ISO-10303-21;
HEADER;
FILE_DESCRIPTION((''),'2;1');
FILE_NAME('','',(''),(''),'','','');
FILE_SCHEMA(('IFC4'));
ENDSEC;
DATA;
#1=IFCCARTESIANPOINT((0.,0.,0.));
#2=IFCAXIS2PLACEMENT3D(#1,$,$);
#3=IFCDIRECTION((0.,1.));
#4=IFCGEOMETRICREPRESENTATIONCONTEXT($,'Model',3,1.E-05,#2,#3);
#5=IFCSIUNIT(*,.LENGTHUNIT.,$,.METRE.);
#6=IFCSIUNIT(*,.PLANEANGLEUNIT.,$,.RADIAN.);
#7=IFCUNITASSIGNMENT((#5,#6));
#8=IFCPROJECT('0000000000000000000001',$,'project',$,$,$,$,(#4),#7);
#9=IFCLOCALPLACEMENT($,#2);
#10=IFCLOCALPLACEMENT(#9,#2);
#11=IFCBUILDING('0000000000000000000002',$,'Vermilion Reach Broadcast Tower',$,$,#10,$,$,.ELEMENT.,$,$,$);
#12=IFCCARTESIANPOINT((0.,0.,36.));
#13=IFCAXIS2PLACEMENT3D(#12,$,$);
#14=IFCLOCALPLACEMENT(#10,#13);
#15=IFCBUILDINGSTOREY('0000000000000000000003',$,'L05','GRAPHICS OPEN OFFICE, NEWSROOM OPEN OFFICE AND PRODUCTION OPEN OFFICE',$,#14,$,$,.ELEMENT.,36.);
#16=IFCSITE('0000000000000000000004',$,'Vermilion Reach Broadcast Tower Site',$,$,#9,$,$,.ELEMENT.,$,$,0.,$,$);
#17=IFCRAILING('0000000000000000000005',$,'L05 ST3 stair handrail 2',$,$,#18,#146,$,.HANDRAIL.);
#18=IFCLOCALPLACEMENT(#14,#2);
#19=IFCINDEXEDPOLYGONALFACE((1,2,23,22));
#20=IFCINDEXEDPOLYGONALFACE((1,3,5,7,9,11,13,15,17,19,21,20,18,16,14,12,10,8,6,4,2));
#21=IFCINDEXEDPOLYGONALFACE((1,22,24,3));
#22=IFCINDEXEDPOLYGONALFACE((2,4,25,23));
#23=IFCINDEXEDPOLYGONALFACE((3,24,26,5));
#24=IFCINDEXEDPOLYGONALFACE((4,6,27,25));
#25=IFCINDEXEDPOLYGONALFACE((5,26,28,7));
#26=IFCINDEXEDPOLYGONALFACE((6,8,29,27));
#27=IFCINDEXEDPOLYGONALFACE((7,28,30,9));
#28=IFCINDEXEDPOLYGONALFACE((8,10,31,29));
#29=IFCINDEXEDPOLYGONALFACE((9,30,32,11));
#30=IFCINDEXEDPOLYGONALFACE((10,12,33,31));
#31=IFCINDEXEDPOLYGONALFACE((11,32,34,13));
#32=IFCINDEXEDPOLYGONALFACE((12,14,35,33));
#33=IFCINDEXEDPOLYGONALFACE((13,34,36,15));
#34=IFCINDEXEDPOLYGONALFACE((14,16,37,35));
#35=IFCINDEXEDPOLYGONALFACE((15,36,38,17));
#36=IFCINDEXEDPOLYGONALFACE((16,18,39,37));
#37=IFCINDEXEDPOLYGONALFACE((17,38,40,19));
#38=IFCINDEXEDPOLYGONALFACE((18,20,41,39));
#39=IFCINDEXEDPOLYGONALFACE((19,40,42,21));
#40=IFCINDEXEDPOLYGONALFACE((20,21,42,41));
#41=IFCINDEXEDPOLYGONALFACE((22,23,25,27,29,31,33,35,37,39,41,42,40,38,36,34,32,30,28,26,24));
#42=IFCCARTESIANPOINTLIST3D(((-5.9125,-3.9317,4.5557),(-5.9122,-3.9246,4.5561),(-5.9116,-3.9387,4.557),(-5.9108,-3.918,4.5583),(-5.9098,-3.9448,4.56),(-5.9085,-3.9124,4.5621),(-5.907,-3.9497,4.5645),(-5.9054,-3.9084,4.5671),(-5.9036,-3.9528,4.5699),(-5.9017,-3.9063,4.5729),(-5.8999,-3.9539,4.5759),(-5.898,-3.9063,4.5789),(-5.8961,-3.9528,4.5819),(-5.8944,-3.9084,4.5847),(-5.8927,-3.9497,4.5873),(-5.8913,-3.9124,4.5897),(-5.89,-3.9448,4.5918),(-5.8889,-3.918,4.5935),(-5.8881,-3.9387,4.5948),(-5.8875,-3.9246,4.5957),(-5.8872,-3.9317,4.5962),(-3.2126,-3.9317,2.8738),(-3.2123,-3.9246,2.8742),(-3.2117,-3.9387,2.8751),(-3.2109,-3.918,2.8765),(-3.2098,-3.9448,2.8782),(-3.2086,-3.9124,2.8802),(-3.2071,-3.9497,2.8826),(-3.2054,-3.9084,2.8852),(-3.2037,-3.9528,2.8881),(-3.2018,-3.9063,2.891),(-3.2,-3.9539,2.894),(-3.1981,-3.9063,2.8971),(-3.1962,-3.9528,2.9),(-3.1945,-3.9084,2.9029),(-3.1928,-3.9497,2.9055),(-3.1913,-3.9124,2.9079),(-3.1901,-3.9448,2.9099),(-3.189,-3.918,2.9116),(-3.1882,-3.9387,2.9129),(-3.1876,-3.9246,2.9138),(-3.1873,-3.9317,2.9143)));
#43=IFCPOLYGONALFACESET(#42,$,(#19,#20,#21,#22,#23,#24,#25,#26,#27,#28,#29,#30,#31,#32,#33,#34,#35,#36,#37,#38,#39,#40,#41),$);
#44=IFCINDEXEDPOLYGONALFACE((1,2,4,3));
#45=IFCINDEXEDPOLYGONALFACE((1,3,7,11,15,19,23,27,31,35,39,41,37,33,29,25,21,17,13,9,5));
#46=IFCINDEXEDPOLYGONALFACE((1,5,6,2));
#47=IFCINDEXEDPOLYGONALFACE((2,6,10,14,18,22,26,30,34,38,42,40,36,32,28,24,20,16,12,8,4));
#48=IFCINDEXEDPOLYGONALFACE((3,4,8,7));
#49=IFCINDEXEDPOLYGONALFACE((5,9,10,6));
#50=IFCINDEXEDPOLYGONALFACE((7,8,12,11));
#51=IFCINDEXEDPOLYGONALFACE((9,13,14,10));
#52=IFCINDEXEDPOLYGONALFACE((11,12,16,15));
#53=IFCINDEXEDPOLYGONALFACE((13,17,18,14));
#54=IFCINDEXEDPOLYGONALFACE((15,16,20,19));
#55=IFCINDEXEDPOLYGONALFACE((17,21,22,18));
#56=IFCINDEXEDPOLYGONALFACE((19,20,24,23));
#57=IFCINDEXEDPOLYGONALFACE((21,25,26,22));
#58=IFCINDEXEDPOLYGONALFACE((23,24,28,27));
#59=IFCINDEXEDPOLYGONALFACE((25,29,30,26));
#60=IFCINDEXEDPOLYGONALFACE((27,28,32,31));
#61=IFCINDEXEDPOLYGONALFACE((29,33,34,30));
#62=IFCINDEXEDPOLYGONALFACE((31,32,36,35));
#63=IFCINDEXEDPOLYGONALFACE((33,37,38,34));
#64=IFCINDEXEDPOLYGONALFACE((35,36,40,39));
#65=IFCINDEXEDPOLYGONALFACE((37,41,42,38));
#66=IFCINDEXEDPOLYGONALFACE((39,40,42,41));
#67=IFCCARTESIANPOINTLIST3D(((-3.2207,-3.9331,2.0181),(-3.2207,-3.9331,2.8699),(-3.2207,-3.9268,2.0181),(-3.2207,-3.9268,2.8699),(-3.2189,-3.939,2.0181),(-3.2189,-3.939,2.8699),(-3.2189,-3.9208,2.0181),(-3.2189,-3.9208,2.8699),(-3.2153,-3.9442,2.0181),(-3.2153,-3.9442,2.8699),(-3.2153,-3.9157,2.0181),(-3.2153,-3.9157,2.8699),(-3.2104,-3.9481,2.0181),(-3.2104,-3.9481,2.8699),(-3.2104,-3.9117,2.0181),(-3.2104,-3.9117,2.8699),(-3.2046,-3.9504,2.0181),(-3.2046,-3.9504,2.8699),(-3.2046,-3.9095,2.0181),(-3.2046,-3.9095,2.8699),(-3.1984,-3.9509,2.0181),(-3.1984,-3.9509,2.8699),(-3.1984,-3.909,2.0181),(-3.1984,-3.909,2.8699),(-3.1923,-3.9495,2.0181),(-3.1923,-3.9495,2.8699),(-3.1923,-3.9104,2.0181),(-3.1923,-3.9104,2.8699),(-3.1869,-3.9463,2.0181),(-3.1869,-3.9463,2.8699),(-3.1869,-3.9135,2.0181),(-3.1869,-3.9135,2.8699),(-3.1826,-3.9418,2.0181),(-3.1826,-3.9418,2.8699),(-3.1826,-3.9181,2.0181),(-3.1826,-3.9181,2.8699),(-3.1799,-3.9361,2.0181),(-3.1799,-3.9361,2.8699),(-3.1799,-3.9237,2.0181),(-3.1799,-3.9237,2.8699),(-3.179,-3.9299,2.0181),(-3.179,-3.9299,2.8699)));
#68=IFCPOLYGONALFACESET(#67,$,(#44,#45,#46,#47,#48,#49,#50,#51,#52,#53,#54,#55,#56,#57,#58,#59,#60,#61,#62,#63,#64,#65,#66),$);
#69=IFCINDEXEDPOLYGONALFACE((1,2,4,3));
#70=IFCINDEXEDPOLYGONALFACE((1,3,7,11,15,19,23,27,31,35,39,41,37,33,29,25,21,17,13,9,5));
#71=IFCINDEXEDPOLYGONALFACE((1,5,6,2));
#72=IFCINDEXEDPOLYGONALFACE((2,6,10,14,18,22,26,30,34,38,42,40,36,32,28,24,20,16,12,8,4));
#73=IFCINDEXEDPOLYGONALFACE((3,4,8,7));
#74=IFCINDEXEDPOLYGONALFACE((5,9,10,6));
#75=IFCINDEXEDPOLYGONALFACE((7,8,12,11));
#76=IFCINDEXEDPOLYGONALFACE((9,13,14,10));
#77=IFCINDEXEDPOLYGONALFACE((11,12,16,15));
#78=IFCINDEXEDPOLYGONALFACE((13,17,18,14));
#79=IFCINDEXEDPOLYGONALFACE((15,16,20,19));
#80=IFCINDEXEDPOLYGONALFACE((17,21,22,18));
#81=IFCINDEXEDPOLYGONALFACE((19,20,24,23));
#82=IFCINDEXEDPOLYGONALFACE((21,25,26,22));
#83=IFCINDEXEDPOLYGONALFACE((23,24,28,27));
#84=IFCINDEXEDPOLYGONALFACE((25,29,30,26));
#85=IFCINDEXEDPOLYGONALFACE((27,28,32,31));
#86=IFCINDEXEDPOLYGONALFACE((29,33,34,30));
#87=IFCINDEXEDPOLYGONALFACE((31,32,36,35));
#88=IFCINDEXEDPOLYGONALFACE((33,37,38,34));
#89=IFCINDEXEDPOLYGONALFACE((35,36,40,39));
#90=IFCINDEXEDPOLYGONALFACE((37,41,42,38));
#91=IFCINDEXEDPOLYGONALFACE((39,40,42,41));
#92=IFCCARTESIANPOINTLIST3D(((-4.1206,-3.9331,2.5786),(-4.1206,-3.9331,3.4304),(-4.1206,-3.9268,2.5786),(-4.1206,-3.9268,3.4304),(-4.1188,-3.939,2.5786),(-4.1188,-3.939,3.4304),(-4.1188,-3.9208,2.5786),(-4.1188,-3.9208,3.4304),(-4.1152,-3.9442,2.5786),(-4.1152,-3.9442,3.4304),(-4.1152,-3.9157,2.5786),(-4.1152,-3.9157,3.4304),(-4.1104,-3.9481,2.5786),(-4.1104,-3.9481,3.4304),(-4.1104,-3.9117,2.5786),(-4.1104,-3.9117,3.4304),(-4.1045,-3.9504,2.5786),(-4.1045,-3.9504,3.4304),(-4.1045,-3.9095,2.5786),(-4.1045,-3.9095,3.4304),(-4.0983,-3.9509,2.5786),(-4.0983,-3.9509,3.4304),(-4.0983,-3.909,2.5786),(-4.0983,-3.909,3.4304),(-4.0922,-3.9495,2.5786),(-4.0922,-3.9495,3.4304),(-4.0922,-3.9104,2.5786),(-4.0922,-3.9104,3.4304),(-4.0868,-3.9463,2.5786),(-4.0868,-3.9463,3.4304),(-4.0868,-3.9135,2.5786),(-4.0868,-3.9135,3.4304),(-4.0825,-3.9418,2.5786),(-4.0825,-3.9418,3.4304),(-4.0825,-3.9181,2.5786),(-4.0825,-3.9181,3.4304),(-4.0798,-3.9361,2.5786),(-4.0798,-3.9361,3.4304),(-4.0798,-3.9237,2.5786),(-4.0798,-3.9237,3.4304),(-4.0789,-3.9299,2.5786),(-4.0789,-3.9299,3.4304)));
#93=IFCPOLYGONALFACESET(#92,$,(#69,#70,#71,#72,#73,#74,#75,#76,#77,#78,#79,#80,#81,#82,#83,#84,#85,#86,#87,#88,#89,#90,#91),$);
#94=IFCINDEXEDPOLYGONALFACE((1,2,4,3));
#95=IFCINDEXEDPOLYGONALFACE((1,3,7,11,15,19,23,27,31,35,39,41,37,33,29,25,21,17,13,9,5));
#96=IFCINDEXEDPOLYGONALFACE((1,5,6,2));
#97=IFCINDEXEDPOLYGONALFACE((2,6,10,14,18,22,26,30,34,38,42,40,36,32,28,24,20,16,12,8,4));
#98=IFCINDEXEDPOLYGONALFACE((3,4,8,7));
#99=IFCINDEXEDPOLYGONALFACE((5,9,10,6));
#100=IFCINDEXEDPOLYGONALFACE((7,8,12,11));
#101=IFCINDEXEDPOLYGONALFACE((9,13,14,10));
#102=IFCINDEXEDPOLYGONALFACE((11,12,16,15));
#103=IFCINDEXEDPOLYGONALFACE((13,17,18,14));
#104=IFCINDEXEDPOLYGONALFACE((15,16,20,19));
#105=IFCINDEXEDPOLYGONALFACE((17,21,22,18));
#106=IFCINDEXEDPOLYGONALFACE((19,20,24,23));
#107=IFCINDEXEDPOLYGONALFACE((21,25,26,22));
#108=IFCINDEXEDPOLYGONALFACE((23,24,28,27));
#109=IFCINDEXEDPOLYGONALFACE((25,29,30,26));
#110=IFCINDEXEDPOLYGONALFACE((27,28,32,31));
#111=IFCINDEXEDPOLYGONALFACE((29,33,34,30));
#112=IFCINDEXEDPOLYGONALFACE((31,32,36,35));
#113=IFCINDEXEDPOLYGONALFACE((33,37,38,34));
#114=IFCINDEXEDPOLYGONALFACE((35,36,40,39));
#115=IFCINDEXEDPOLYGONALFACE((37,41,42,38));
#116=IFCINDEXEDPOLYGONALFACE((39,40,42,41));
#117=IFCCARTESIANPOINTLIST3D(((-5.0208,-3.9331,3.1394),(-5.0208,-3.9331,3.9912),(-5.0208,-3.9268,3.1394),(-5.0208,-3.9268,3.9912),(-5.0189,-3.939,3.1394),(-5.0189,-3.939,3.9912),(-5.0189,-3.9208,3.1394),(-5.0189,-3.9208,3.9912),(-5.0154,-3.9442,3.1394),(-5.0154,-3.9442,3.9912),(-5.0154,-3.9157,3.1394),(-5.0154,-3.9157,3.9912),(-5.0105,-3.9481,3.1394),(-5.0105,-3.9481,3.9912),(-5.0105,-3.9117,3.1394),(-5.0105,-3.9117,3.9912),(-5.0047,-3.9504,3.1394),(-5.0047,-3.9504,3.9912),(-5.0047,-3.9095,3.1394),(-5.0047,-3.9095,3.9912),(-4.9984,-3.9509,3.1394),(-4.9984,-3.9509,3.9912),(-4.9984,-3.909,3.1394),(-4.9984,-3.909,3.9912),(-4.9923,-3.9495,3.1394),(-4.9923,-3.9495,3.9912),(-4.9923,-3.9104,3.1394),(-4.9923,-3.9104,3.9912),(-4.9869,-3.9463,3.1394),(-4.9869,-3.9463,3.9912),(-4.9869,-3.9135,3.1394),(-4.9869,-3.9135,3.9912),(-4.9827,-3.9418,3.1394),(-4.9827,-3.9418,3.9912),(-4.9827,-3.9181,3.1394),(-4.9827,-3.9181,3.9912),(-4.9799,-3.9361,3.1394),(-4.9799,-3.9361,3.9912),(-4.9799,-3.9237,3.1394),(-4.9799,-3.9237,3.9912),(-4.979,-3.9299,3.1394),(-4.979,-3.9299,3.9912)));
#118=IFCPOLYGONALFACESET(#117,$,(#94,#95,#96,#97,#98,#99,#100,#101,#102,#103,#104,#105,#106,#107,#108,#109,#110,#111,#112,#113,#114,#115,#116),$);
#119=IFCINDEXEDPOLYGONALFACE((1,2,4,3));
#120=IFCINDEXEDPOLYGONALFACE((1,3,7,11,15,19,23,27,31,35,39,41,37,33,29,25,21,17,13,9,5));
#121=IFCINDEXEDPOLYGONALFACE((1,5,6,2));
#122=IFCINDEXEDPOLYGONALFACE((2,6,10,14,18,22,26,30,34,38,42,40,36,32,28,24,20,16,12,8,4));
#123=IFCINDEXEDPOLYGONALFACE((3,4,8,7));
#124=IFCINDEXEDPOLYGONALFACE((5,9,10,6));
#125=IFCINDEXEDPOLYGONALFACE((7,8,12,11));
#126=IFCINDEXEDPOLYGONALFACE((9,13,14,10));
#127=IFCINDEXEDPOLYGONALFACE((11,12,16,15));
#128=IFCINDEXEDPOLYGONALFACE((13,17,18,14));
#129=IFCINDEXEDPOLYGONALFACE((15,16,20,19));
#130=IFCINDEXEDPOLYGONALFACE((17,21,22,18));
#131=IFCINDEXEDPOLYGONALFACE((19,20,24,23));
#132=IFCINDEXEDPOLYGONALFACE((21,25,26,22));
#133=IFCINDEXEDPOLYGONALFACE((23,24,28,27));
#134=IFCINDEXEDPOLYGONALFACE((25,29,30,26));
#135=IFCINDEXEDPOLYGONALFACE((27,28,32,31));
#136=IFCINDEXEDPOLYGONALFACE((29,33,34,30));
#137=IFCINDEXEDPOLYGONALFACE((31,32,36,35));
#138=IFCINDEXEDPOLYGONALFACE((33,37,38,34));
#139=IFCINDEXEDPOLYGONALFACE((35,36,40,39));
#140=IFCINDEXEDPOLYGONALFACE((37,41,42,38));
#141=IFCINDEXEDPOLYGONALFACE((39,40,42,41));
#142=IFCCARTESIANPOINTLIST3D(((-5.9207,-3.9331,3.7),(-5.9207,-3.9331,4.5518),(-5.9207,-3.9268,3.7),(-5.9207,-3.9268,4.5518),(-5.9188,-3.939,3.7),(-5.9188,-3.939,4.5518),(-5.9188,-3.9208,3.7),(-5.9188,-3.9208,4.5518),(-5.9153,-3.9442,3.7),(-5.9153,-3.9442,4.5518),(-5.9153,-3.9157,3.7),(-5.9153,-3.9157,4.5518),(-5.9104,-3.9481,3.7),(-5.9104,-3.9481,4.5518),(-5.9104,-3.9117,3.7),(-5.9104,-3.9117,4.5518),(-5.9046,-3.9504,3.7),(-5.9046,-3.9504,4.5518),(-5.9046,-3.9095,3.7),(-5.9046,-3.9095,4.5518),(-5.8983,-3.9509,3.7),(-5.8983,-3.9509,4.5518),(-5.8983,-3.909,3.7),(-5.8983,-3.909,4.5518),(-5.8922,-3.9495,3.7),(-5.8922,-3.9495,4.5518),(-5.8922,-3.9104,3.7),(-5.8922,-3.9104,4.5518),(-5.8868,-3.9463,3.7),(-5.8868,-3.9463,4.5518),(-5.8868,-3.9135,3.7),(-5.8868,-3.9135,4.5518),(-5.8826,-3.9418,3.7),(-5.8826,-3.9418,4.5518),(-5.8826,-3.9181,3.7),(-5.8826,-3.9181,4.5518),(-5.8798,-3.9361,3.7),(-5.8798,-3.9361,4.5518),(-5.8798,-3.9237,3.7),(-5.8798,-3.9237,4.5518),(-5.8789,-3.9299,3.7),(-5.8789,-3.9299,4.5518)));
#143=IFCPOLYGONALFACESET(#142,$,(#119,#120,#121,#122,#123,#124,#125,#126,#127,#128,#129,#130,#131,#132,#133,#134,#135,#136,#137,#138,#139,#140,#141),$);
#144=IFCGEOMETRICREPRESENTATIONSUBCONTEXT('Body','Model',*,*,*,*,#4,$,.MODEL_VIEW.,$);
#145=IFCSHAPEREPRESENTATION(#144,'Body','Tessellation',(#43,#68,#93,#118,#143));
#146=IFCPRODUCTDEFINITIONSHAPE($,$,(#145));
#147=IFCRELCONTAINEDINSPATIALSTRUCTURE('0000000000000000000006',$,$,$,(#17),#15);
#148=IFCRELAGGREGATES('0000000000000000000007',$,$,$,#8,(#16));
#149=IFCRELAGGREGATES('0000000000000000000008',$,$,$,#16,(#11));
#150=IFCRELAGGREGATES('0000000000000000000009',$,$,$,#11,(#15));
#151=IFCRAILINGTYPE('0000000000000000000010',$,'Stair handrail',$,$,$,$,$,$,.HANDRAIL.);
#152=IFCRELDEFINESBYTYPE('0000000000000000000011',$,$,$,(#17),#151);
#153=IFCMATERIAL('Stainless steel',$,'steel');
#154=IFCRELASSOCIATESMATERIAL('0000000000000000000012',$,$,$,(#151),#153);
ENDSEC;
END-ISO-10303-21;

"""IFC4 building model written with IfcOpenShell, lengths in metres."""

from ifc_helpers import new_model, si_unit, direction, frame, origin, origin_2d, place, context, subcontext, project, spatial, circle, extrude, material, type_object, element, save


model = new_model("IFC4")

# Units and contexts
model_context = context("Model", 3, precision=1e-05, world=origin(), true_north=direction((0.0, 1.0)))
body_context = subcontext(model_context, "Body", "Model", "MODEL_VIEW")
ifc_project = project(units=[si_unit("LENGTHUNIT", "METRE"), si_unit("PLANEANGLEUNIT", "RADIAN")], contexts=[model_context])

# Site, building, storey
site_placement = place(None, origin())
site = spatial("IfcSite", under=ifc_project, at=site_placement, Name="Vermilion Reach Broadcast Tower Site", CompositionType="ELEMENT", RefElevation=0.0)
building_placement = place(site_placement, origin())
building = spatial("IfcBuilding", under=site, at=building_placement, Name="Vermilion Reach Broadcast Tower", CompositionType="ELEMENT")
storey_placement = place(building_placement, frame((0.0, 0.0, 36.0)))
storey = spatial("IfcBuildingStorey", under=building, at=storey_placement, Name="L05", Description="GRAPHICS OPEN OFFICE, NEWSROOM OPEN OFFICE AND PRODUCTION OPEN OFFICE", CompositionType="ELEMENT", Elevation=36.0)

# Railing
ifc_material_1 = material(Name="Stainless steel", Category="steel")
railing_type_1 = type_object("IfcRailingType", Name="Stair handrail", PredefinedType="HANDRAIL", material=ifc_material_1)
railing_1_placement = place(storey_placement, frame((-3.2, -3.9299, 2.0181)))
element("IfcRailing", 1, at=railing_1_placement, inside=storey, type_object=railing_type_1, Name="L05 ST3 stair handrail 2", PredefinedType="HANDRAIL", context=body_context, shape_type="SweptSolid", body=[
    extrude(circle(Radius=0.0239, at=origin_2d()), frame((0.0, 0.0, 0.876), z_axis=(-0.848786, 0.0, 0.528736), x_axis=(0.0, -1.0, 0.0)), (0.0, 0.0, 1.0), 3.1809),
    extrude(circle(Radius=0.021, at=origin_2d()), origin(), (0.0, 0.0, 1.0), 0.8518),
    extrude(circle(Radius=0.021, at=origin_2d()), frame((-0.8999, 0.0, 0.5605)), (0.0, 0.0, 1.0), 0.8518),
    extrude(circle(Radius=0.021, at=origin_2d()), frame((-1.8, 0.0, 1.1213)), (0.0, 0.0, 1.0), 0.8518),
    extrude(circle(Radius=0.021, at=origin_2d()), frame((-2.7, 0.0, 1.6819)), (0.0, 0.0, 1.0), 0.8518),
])

save(model, "model.ifc")
